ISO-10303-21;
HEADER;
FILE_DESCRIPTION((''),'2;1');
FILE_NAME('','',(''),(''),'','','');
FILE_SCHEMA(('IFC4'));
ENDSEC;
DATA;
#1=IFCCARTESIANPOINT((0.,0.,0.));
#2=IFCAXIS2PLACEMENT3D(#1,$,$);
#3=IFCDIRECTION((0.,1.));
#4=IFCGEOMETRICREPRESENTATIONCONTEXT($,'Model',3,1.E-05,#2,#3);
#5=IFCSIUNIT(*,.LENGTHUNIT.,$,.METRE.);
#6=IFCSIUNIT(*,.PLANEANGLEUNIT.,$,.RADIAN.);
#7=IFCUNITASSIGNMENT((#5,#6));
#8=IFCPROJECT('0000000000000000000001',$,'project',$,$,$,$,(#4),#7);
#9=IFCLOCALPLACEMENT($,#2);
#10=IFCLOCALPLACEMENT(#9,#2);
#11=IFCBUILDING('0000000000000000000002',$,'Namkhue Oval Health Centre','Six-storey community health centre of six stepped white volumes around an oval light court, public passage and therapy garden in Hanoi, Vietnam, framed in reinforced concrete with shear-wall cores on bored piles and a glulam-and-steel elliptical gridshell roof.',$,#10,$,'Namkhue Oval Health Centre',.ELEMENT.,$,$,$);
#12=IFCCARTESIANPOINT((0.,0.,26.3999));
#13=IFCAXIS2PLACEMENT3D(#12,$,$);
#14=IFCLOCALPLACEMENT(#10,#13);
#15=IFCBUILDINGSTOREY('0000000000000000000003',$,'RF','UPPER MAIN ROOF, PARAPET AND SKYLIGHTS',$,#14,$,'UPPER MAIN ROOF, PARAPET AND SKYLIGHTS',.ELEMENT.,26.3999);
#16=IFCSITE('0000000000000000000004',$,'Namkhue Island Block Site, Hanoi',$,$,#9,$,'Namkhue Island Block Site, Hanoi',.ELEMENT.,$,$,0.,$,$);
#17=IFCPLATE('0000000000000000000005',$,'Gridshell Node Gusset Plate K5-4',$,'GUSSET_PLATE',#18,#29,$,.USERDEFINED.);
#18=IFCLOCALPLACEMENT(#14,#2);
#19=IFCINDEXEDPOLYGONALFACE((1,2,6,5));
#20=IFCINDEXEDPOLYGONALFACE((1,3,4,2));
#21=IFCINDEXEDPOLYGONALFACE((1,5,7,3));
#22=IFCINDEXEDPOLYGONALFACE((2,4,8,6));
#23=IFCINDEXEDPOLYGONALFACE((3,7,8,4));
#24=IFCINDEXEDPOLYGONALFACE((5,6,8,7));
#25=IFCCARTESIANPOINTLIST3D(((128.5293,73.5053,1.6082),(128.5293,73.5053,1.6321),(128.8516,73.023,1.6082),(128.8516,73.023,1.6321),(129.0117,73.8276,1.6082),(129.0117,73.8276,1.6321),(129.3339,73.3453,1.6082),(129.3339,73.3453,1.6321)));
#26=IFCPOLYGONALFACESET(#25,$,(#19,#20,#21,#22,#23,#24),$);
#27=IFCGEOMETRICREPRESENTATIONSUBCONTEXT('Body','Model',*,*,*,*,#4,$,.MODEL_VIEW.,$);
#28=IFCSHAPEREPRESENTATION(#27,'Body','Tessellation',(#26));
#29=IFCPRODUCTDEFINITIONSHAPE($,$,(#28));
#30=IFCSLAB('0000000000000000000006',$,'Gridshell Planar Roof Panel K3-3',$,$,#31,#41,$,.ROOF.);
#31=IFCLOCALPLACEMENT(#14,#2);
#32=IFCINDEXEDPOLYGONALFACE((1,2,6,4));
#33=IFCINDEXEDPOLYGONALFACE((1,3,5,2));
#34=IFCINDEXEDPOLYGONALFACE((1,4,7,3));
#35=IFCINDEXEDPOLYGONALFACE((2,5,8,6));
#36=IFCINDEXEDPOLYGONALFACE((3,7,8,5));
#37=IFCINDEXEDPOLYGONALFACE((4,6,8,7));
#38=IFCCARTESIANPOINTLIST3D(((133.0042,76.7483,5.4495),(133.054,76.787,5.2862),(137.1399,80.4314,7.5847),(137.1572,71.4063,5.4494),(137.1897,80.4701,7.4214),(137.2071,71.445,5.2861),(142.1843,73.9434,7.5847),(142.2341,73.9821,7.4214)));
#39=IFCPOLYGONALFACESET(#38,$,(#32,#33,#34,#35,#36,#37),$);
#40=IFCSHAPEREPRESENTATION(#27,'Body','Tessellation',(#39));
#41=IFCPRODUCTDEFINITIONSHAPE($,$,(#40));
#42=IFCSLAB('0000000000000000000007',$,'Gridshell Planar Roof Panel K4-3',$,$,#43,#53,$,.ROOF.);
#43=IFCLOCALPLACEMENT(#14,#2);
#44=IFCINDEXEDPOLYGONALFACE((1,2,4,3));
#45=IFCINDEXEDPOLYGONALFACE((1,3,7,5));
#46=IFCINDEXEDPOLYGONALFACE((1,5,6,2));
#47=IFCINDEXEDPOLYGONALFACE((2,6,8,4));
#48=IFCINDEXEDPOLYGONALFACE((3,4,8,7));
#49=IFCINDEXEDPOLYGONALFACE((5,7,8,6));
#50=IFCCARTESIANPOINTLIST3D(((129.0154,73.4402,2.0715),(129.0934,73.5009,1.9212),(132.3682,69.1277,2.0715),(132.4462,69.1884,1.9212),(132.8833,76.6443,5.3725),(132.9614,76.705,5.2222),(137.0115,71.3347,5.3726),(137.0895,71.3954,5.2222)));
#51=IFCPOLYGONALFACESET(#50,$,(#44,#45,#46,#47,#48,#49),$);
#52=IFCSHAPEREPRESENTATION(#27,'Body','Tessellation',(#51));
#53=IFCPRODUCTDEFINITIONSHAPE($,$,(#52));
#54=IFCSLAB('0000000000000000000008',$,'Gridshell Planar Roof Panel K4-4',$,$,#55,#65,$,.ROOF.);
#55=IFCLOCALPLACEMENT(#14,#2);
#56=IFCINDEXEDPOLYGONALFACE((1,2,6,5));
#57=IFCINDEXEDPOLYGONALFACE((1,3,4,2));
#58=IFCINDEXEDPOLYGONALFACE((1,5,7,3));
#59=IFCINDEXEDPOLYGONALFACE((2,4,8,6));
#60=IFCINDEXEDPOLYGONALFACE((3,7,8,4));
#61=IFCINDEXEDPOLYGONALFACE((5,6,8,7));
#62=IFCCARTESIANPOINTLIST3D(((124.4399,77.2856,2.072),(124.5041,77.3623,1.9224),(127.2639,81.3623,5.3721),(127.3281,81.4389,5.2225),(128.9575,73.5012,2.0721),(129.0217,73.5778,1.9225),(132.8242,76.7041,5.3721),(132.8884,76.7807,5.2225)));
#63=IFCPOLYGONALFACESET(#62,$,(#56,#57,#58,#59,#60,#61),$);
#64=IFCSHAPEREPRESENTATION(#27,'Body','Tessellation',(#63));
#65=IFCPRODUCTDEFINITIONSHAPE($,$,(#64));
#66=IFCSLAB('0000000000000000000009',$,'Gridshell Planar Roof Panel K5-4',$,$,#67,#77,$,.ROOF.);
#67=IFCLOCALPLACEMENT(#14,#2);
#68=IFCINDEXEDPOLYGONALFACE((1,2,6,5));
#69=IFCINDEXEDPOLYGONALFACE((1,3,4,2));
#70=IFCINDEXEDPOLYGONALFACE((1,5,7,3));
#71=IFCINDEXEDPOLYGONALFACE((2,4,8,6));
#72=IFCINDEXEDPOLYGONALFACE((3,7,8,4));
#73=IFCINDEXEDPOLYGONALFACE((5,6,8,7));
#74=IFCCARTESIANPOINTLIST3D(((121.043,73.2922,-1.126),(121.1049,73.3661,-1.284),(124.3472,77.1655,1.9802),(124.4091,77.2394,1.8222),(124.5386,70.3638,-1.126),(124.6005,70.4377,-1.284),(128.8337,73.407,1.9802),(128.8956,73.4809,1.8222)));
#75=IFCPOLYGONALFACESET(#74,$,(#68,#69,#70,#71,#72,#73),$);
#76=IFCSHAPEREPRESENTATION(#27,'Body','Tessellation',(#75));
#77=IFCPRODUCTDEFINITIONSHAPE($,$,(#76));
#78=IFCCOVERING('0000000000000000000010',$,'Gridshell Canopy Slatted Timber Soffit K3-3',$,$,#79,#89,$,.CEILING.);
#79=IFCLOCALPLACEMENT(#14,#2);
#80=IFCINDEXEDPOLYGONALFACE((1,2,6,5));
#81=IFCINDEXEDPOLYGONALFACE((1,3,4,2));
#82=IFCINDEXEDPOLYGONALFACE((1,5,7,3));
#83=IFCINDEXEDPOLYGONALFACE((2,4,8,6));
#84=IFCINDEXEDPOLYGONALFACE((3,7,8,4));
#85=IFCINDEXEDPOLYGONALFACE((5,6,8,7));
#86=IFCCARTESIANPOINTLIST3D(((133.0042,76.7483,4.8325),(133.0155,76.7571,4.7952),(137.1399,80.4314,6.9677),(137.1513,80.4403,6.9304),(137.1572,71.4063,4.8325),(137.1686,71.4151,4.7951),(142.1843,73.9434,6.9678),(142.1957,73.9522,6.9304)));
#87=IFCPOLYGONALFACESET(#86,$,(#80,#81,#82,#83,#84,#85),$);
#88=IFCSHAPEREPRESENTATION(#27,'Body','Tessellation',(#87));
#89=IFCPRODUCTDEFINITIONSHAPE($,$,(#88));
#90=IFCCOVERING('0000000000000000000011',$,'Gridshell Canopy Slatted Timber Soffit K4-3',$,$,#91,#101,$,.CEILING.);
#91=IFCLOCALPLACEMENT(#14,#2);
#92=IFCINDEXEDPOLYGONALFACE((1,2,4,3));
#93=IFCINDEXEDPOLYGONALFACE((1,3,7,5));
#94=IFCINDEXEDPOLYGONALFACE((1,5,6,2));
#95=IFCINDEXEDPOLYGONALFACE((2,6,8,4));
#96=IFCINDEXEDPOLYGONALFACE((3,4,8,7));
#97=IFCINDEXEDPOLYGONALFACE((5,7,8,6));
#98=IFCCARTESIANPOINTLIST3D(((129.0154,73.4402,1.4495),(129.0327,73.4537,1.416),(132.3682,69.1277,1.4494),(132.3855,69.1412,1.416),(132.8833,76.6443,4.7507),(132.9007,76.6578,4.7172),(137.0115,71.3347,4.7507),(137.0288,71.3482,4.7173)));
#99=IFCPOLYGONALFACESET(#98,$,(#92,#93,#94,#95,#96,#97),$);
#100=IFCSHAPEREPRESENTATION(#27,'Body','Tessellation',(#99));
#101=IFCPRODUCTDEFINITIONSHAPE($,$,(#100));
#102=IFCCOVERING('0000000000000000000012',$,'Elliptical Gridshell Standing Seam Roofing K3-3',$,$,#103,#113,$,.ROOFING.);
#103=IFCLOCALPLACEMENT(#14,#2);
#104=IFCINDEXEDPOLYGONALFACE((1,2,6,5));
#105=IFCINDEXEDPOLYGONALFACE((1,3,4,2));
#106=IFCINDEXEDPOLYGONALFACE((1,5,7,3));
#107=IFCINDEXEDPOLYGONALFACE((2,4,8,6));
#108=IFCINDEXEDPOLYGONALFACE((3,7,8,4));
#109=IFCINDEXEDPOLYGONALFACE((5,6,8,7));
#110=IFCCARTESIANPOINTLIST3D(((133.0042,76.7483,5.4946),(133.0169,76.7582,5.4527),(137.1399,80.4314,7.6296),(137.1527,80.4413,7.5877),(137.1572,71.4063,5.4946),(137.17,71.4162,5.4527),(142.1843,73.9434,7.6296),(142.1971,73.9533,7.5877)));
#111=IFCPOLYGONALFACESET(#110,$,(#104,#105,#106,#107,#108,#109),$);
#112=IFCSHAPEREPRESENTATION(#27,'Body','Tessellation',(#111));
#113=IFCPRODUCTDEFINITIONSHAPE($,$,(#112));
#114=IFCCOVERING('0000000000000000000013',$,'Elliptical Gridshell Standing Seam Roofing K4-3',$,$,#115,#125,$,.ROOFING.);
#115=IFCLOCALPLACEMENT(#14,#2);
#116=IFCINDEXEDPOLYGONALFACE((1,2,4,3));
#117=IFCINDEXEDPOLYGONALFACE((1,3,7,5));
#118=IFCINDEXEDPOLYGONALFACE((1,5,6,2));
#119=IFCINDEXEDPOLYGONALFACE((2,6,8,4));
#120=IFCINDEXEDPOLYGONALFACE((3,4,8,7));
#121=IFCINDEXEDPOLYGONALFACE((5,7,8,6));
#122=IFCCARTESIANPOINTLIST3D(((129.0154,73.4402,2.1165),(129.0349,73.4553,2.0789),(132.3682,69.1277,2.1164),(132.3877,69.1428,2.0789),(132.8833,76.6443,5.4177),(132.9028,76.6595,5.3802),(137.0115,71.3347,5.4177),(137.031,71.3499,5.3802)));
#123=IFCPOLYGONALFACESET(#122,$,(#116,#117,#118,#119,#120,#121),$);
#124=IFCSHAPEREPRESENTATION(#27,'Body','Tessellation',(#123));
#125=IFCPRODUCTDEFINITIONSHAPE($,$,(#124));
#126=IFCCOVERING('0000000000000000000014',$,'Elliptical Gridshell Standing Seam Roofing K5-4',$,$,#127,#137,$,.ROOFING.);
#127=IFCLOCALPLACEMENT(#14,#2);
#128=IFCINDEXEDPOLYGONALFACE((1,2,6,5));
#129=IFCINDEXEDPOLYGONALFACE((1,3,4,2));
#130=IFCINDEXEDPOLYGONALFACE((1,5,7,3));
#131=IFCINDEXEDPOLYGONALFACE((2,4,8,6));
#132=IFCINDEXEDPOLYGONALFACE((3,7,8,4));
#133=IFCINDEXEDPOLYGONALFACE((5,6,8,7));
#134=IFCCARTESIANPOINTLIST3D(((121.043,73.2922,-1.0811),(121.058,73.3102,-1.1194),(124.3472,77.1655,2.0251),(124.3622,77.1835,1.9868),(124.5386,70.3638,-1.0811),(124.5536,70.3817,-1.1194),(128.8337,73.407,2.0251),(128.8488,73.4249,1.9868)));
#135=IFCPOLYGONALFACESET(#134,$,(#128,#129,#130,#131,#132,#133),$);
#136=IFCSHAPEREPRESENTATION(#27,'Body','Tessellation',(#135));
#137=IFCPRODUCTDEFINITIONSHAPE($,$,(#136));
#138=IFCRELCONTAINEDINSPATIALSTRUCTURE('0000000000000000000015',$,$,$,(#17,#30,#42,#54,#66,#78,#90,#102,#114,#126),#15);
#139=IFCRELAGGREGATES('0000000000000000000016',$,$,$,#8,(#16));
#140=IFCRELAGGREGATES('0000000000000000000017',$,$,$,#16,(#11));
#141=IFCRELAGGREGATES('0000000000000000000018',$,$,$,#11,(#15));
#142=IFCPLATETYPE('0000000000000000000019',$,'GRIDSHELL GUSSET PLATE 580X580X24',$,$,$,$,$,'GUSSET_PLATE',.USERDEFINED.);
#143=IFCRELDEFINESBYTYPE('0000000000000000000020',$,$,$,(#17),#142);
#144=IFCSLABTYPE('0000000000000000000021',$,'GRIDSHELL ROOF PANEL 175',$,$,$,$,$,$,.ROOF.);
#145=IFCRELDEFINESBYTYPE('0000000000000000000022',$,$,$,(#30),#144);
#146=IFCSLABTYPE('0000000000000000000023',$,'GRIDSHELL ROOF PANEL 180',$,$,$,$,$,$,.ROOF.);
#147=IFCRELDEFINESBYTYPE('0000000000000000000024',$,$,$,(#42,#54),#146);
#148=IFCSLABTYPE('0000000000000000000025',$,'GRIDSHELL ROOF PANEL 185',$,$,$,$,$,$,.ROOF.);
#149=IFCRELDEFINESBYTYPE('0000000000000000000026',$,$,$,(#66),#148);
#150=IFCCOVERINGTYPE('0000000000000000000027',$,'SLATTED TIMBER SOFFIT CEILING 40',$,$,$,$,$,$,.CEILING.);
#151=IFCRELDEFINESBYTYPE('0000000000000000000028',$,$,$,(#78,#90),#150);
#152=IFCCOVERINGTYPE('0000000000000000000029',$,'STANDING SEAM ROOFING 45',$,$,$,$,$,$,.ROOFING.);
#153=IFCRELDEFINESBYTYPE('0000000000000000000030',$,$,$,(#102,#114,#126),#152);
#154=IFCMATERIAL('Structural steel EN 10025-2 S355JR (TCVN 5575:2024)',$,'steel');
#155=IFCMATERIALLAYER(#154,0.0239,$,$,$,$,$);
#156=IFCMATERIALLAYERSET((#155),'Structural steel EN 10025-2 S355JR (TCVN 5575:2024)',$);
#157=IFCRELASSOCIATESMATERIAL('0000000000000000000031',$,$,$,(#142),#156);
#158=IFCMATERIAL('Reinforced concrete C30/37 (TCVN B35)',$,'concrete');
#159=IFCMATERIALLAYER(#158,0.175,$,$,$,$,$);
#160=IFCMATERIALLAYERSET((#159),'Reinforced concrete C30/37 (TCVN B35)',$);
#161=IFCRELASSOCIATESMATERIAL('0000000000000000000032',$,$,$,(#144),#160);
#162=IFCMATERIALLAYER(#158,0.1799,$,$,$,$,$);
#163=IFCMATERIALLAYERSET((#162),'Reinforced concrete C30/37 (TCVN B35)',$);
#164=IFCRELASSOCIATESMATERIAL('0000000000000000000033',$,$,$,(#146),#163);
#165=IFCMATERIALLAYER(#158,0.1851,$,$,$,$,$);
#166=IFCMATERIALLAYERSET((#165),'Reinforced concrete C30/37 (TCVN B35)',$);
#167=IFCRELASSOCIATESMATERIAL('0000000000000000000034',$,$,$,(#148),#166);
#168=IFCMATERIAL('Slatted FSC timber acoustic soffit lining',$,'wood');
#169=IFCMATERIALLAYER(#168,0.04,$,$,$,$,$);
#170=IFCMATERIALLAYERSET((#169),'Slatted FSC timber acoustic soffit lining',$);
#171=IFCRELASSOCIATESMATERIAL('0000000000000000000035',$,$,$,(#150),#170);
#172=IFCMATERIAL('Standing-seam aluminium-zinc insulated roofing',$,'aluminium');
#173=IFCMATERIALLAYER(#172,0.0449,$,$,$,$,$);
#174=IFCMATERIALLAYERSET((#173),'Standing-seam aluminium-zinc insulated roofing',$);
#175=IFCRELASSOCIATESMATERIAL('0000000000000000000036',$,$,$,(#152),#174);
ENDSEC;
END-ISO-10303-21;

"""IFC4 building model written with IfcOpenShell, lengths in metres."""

from ifc_helpers import new_model, si_unit, direction, frame, origin, origin_2d, place, context, subcontext, project, spatial, polyline, rectangle, outline, extrude, material, layer, layer_set, type_object, element, save


model = new_model("IFC4")

# Units and contexts
model_context = context("Model", 3, precision=1e-05, world=origin(), true_north=direction((0.0, 1.0)))
body_context = subcontext(model_context, "Body", "Model", "MODEL_VIEW")
ifc_project = project(units=[si_unit("LENGTHUNIT", "METRE"), si_unit("PLANEANGLEUNIT", "RADIAN")], contexts=[model_context])

# Site, building, storey
site_placement = place(None, origin())
site = spatial("IfcSite", under=ifc_project, at=site_placement, Name="Namkhue Island Block Site, Hanoi", LongName="Namkhue Island Block Site, Hanoi", CompositionType="ELEMENT", RefElevation=0.0)
building_placement = place(site_placement, origin())
building = spatial("IfcBuilding", under=site, at=building_placement, Name="Namkhue Oval Health Centre", Description="Six-storey community health centre of six stepped white volumes around an oval light court, public passage and therapy garden in Hanoi, Vietnam, framed in reinforced concrete with shear-wall cores on bored piles and a glulam-and-steel elliptical gridshell roof.", LongName="Namkhue Oval Health Centre", CompositionType="ELEMENT")
storey_placement = place(building_placement, frame((0.0, 0.0, 26.3999)))
storey = spatial("IfcBuildingStorey", under=building, at=storey_placement, Name="RF", Description="UPPER MAIN ROOF, PARAPET AND SKYLIGHTS", LongName="UPPER MAIN ROOF, PARAPET AND SKYLIGHTS", CompositionType="ELEMENT", Elevation=26.3999)

# Shared definitions
ifc_material_1 = material(Name="Structural steel EN 10025-2 S355JR (TCVN 5575:2024)", Category="steel")

# Plate
ifc_layer_1 = layer(ifc_material_1, 0.0239)
ifc_layer_set_1 = layer_set([ifc_layer_1], Name="Structural steel EN 10025-2 S355JR (TCVN 5575:2024)")
plate_type_1 = type_object("IfcPlateType", Name="GRIDSHELL GUSSET PLATE 580X580X24", ElementType="GUSSET_PLATE", PredefinedType="USERDEFINED", material=ifc_layer_set_1)
plate_1_placement = place(storey_placement, frame((128.9316, 73.4253, 1.6082), z_axis=(0.0, 0.0, 1.0), x_axis=(0.83147, 0.55557, 0.0)))
element("IfcPlate", 1, at=plate_1_placement, inside=storey, type_object=plate_type_1, Name="Gridshell Node Gusset Plate K5-4", ObjectType="GUSSET_PLATE", PredefinedType="USERDEFINED", context=body_context, shape_type="SweptSolid", body=[
    extrude(rectangle(XDim=0.5801, YDim=0.5801, at=origin_2d()), origin(), (0.0, 0.0, 1.0), 0.0239),
])

# Slabs
ifc_material_2 = material(Name="Reinforced concrete C30/37 (TCVN B35)", Category="concrete")
ifc_layer_2 = layer(ifc_material_2, 0.175)
ifc_layer_set_2 = layer_set([ifc_layer_2], Name="Reinforced concrete C30/37 (TCVN B35)")
slab_type_1 = type_object("IfcSlabType", Name="GRIDSHELL ROOF PANEL 175", PredefinedType="ROOF", material=ifc_layer_set_2)
slab_1_placement = place(storey_placement, frame((142.1843, 73.9434, 7.5847), z_axis=(-0.284556, -0.221233, 0.932783), x_axis=(-0.613801, 0.789461, -0.000006)))
element("IfcSlab", 2, at=slab_1_placement, inside=storey, type_object=slab_type_1, Name="Gridshell Planar Roof Panel K3-3", PredefinedType="ROOF", context=body_context, shape_type="SweptSolid", body=[
    extrude(outline(polyline([(0.0, 0.0), (8.2183, 0.0), (7.8492, 5.9239), (1.0827, 5.9242), (0.0, 0.0)])), origin(), (0.0, 0.0, -1.0), 0.175),
])
ifc_layer_3 = layer(ifc_material_2, 0.1799)
ifc_layer_set_3 = layer_set([ifc_layer_3], Name="Reinforced concrete C30/37 (TCVN B35)")
slab_type_2 = type_object("IfcSlabType", Name="GRIDSHELL ROOF PANEL 180", PredefinedType="ROOF", material=ifc_layer_set_3)
slab_2_placement = place(storey_placement, frame((137.0115, 71.3347, 5.3726), z_axis=(-0.433737, -0.337221, 0.835556), x_axis=(-0.6138, 0.789462, -0.000005)))
element("IfcSlab", 3, at=slab_2_placement, inside=storey, type_object=slab_type_2, Name="Gridshell Planar Roof Panel K4-3", PredefinedType="ROOF", context=body_context, shape_type="SweptSolid", body=[
    extrude(outline(polyline([(0.0, 0.0), (6.7256, 0.0), (6.5702, 6.0083), (1.1077, 6.0084), (0.0, 0.0)])), origin(), (0.0, 0.0, -1.0), 0.1799),
])
slab_3_placement = place(storey_placement, frame((132.8242, 76.7041, 5.3721), z_axis=(-0.356798, -0.425906, 0.831444), x_axis=(-0.766552, 0.642182, 0.000006)))
element("IfcSlab", 4, at=slab_3_placement, inside=storey, type_object=slab_type_2, Name="Gridshell Planar Roof Panel K4-4", PredefinedType="ROOF", context=body_context, shape_type="SweptSolid", body=[
    extrude(outline(polyline([(0.0, 0.0), (7.2537, 0.0), (6.8004, 5.9396), (0.9072, 5.9395), (0.0, 0.0)])), origin(), (0.0, 0.0, -1.0), 0.1799),
])
ifc_layer_4 = layer(ifc_material_2, 0.1851)
ifc_layer_set_4 = layer_set([ifc_layer_4], Name="Reinforced concrete C30/37 (TCVN B35)")
slab_type_3 = type_object("IfcSlabType", Name="GRIDSHELL ROOF PANEL 185", PredefinedType="ROOF", material=ifc_layer_set_4)
slab_4_placement = place(storey_placement, frame((128.8337, 73.407, 1.9802), z_axis=(-0.334473, -0.399255, 0.853653), x_axis=(-0.766559, 0.642173, -0.000003)))
element("IfcSlab", 5, at=slab_4_placement, inside=storey, type_object=slab_type_3, Name="Gridshell Planar Roof Panel K5-4", PredefinedType="ROOF", context=body_context, shape_type="SweptSolid", body=[
    extrude(outline(polyline([(0.0, 0.0), (5.8529, 0.0), (5.8984, 5.9638), (1.3382, 5.9638), (0.0, 0.0)])), origin(), (0.0, 0.0, -1.0), 0.1851),
])

# Coverings
ifc_material_3 = material(Name="Slatted FSC timber acoustic soffit lining", Category="wood")
ifc_layer_5 = layer(ifc_material_3, 0.04)
ifc_layer_set_5 = layer_set([ifc_layer_5], Name="Slatted FSC timber acoustic soffit lining")
covering_type_1 = type_object("IfcCoveringType", Name="SLATTED TIMBER SOFFIT CEILING 40", PredefinedType="CEILING", material=ifc_layer_set_5)
covering_1_placement = place(storey_placement, frame((142.1843, 73.9434, 6.9678), z_axis=(-0.284556, -0.221233, 0.932783), x_axis=(-0.613801, 0.789461, -0.000006)))
element("IfcCovering", 6, at=covering_1_placement, inside=storey, type_object=covering_type_1, Name="Gridshell Canopy Slatted Timber Soffit K3-3", PredefinedType="CEILING", context=body_context, shape_type="SweptSolid", body=[
    extrude(outline(polyline([(0.0, 0.0), (8.2183, 0.0), (7.8492, 5.9239), (1.0827, 5.9242), (0.0, 0.0)])), origin(), (0.0, 0.0, -1.0), 0.04),
])
covering_2_placement = place(storey_placement, frame((137.0115, 71.3347, 4.7507), z_axis=(-0.433759, -0.337239, 0.835537), x_axis=(-0.6138, 0.789462, -0.000005)))
element("IfcCovering", 7, at=covering_2_placement, inside=storey, type_object=covering_type_1, Name="Gridshell Canopy Slatted Timber Soffit K4-3", PredefinedType="CEILING", context=body_context, shape_type="SweptSolid", body=[
    extrude(outline(polyline([(0.0, 0.0), (6.7256, 0.0), (6.5702, 6.0084), (1.1077, 6.0085), (0.0, 0.0)])), origin(), (0.0, 0.0, -1.0), 0.04),
])
ifc_material_4 = material(Name="Standing-seam aluminium-zinc insulated roofing", Category="aluminium")
ifc_layer_6 = layer(ifc_material_4, 0.0449)
ifc_layer_set_6 = layer_set([ifc_layer_6], Name="Standing-seam aluminium-zinc insulated roofing")
covering_type_2 = type_object("IfcCoveringType", Name="STANDING SEAM ROOFING 45", PredefinedType="ROOFING", material=ifc_layer_set_6)
covering_3_placement = place(storey_placement, frame((142.1843, 73.9434, 7.6296), z_axis=(-0.284527, -0.221211, 0.932797), x_axis=(-0.613801, 0.789461, -0.000006)))
element("IfcCovering", 8, at=covering_3_placement, inside=storey, type_object=covering_type_2, Name="Elliptical Gridshell Standing Seam Roofing K3-3", PredefinedType="ROOFING", context=body_context, shape_type="SweptSolid", body=[
    extrude(outline(polyline([(0.0, 0.0), (8.2183, 0.0), (7.8492, 5.9238), (1.0827, 5.9241), (0.0, 0.0)])), origin(), (0.0, 0.0, -1.0), 0.0449),
])
covering_4_placement = place(storey_placement, frame((137.0115, 71.3347, 5.4177), z_axis=(-0.433759, -0.337239, 0.835537), x_axis=(-0.6138, 0.789462, -0.000005)))
element("IfcCovering", 9, at=covering_4_placement, inside=storey, type_object=covering_type_2, Name="Elliptical Gridshell Standing Seam Roofing K4-3", PredefinedType="ROOFING", context=body_context, shape_type="SweptSolid", body=[
    extrude(outline(polyline([(0.0, 0.0), (6.7256, 0.0), (6.5702, 6.0084), (1.1077, 6.0085), (0.0, 0.0)])), origin(), (0.0, 0.0, -1.0), 0.0449),
])
covering_5_placement = place(storey_placement, frame((128.8337, 73.407, 2.0251), z_axis=(-0.334473, -0.399255, 0.853653), x_axis=(-0.766559, 0.642173, -0.000003)))
element("IfcCovering", 10, at=covering_5_placement, inside=storey, type_object=covering_type_2, Name="Elliptical Gridshell Standing Seam Roofing K5-4", PredefinedType="ROOFING", context=body_context, shape_type="SweptSolid", body=[
    extrude(outline(polyline([(0.0, 0.0), (5.8529, 0.0), (5.8984, 5.9638), (1.3382, 5.9638), (0.0, 0.0)])), origin(), (0.0, 0.0, -1.0), 0.0449),
])

save(model, "model.ifc")
